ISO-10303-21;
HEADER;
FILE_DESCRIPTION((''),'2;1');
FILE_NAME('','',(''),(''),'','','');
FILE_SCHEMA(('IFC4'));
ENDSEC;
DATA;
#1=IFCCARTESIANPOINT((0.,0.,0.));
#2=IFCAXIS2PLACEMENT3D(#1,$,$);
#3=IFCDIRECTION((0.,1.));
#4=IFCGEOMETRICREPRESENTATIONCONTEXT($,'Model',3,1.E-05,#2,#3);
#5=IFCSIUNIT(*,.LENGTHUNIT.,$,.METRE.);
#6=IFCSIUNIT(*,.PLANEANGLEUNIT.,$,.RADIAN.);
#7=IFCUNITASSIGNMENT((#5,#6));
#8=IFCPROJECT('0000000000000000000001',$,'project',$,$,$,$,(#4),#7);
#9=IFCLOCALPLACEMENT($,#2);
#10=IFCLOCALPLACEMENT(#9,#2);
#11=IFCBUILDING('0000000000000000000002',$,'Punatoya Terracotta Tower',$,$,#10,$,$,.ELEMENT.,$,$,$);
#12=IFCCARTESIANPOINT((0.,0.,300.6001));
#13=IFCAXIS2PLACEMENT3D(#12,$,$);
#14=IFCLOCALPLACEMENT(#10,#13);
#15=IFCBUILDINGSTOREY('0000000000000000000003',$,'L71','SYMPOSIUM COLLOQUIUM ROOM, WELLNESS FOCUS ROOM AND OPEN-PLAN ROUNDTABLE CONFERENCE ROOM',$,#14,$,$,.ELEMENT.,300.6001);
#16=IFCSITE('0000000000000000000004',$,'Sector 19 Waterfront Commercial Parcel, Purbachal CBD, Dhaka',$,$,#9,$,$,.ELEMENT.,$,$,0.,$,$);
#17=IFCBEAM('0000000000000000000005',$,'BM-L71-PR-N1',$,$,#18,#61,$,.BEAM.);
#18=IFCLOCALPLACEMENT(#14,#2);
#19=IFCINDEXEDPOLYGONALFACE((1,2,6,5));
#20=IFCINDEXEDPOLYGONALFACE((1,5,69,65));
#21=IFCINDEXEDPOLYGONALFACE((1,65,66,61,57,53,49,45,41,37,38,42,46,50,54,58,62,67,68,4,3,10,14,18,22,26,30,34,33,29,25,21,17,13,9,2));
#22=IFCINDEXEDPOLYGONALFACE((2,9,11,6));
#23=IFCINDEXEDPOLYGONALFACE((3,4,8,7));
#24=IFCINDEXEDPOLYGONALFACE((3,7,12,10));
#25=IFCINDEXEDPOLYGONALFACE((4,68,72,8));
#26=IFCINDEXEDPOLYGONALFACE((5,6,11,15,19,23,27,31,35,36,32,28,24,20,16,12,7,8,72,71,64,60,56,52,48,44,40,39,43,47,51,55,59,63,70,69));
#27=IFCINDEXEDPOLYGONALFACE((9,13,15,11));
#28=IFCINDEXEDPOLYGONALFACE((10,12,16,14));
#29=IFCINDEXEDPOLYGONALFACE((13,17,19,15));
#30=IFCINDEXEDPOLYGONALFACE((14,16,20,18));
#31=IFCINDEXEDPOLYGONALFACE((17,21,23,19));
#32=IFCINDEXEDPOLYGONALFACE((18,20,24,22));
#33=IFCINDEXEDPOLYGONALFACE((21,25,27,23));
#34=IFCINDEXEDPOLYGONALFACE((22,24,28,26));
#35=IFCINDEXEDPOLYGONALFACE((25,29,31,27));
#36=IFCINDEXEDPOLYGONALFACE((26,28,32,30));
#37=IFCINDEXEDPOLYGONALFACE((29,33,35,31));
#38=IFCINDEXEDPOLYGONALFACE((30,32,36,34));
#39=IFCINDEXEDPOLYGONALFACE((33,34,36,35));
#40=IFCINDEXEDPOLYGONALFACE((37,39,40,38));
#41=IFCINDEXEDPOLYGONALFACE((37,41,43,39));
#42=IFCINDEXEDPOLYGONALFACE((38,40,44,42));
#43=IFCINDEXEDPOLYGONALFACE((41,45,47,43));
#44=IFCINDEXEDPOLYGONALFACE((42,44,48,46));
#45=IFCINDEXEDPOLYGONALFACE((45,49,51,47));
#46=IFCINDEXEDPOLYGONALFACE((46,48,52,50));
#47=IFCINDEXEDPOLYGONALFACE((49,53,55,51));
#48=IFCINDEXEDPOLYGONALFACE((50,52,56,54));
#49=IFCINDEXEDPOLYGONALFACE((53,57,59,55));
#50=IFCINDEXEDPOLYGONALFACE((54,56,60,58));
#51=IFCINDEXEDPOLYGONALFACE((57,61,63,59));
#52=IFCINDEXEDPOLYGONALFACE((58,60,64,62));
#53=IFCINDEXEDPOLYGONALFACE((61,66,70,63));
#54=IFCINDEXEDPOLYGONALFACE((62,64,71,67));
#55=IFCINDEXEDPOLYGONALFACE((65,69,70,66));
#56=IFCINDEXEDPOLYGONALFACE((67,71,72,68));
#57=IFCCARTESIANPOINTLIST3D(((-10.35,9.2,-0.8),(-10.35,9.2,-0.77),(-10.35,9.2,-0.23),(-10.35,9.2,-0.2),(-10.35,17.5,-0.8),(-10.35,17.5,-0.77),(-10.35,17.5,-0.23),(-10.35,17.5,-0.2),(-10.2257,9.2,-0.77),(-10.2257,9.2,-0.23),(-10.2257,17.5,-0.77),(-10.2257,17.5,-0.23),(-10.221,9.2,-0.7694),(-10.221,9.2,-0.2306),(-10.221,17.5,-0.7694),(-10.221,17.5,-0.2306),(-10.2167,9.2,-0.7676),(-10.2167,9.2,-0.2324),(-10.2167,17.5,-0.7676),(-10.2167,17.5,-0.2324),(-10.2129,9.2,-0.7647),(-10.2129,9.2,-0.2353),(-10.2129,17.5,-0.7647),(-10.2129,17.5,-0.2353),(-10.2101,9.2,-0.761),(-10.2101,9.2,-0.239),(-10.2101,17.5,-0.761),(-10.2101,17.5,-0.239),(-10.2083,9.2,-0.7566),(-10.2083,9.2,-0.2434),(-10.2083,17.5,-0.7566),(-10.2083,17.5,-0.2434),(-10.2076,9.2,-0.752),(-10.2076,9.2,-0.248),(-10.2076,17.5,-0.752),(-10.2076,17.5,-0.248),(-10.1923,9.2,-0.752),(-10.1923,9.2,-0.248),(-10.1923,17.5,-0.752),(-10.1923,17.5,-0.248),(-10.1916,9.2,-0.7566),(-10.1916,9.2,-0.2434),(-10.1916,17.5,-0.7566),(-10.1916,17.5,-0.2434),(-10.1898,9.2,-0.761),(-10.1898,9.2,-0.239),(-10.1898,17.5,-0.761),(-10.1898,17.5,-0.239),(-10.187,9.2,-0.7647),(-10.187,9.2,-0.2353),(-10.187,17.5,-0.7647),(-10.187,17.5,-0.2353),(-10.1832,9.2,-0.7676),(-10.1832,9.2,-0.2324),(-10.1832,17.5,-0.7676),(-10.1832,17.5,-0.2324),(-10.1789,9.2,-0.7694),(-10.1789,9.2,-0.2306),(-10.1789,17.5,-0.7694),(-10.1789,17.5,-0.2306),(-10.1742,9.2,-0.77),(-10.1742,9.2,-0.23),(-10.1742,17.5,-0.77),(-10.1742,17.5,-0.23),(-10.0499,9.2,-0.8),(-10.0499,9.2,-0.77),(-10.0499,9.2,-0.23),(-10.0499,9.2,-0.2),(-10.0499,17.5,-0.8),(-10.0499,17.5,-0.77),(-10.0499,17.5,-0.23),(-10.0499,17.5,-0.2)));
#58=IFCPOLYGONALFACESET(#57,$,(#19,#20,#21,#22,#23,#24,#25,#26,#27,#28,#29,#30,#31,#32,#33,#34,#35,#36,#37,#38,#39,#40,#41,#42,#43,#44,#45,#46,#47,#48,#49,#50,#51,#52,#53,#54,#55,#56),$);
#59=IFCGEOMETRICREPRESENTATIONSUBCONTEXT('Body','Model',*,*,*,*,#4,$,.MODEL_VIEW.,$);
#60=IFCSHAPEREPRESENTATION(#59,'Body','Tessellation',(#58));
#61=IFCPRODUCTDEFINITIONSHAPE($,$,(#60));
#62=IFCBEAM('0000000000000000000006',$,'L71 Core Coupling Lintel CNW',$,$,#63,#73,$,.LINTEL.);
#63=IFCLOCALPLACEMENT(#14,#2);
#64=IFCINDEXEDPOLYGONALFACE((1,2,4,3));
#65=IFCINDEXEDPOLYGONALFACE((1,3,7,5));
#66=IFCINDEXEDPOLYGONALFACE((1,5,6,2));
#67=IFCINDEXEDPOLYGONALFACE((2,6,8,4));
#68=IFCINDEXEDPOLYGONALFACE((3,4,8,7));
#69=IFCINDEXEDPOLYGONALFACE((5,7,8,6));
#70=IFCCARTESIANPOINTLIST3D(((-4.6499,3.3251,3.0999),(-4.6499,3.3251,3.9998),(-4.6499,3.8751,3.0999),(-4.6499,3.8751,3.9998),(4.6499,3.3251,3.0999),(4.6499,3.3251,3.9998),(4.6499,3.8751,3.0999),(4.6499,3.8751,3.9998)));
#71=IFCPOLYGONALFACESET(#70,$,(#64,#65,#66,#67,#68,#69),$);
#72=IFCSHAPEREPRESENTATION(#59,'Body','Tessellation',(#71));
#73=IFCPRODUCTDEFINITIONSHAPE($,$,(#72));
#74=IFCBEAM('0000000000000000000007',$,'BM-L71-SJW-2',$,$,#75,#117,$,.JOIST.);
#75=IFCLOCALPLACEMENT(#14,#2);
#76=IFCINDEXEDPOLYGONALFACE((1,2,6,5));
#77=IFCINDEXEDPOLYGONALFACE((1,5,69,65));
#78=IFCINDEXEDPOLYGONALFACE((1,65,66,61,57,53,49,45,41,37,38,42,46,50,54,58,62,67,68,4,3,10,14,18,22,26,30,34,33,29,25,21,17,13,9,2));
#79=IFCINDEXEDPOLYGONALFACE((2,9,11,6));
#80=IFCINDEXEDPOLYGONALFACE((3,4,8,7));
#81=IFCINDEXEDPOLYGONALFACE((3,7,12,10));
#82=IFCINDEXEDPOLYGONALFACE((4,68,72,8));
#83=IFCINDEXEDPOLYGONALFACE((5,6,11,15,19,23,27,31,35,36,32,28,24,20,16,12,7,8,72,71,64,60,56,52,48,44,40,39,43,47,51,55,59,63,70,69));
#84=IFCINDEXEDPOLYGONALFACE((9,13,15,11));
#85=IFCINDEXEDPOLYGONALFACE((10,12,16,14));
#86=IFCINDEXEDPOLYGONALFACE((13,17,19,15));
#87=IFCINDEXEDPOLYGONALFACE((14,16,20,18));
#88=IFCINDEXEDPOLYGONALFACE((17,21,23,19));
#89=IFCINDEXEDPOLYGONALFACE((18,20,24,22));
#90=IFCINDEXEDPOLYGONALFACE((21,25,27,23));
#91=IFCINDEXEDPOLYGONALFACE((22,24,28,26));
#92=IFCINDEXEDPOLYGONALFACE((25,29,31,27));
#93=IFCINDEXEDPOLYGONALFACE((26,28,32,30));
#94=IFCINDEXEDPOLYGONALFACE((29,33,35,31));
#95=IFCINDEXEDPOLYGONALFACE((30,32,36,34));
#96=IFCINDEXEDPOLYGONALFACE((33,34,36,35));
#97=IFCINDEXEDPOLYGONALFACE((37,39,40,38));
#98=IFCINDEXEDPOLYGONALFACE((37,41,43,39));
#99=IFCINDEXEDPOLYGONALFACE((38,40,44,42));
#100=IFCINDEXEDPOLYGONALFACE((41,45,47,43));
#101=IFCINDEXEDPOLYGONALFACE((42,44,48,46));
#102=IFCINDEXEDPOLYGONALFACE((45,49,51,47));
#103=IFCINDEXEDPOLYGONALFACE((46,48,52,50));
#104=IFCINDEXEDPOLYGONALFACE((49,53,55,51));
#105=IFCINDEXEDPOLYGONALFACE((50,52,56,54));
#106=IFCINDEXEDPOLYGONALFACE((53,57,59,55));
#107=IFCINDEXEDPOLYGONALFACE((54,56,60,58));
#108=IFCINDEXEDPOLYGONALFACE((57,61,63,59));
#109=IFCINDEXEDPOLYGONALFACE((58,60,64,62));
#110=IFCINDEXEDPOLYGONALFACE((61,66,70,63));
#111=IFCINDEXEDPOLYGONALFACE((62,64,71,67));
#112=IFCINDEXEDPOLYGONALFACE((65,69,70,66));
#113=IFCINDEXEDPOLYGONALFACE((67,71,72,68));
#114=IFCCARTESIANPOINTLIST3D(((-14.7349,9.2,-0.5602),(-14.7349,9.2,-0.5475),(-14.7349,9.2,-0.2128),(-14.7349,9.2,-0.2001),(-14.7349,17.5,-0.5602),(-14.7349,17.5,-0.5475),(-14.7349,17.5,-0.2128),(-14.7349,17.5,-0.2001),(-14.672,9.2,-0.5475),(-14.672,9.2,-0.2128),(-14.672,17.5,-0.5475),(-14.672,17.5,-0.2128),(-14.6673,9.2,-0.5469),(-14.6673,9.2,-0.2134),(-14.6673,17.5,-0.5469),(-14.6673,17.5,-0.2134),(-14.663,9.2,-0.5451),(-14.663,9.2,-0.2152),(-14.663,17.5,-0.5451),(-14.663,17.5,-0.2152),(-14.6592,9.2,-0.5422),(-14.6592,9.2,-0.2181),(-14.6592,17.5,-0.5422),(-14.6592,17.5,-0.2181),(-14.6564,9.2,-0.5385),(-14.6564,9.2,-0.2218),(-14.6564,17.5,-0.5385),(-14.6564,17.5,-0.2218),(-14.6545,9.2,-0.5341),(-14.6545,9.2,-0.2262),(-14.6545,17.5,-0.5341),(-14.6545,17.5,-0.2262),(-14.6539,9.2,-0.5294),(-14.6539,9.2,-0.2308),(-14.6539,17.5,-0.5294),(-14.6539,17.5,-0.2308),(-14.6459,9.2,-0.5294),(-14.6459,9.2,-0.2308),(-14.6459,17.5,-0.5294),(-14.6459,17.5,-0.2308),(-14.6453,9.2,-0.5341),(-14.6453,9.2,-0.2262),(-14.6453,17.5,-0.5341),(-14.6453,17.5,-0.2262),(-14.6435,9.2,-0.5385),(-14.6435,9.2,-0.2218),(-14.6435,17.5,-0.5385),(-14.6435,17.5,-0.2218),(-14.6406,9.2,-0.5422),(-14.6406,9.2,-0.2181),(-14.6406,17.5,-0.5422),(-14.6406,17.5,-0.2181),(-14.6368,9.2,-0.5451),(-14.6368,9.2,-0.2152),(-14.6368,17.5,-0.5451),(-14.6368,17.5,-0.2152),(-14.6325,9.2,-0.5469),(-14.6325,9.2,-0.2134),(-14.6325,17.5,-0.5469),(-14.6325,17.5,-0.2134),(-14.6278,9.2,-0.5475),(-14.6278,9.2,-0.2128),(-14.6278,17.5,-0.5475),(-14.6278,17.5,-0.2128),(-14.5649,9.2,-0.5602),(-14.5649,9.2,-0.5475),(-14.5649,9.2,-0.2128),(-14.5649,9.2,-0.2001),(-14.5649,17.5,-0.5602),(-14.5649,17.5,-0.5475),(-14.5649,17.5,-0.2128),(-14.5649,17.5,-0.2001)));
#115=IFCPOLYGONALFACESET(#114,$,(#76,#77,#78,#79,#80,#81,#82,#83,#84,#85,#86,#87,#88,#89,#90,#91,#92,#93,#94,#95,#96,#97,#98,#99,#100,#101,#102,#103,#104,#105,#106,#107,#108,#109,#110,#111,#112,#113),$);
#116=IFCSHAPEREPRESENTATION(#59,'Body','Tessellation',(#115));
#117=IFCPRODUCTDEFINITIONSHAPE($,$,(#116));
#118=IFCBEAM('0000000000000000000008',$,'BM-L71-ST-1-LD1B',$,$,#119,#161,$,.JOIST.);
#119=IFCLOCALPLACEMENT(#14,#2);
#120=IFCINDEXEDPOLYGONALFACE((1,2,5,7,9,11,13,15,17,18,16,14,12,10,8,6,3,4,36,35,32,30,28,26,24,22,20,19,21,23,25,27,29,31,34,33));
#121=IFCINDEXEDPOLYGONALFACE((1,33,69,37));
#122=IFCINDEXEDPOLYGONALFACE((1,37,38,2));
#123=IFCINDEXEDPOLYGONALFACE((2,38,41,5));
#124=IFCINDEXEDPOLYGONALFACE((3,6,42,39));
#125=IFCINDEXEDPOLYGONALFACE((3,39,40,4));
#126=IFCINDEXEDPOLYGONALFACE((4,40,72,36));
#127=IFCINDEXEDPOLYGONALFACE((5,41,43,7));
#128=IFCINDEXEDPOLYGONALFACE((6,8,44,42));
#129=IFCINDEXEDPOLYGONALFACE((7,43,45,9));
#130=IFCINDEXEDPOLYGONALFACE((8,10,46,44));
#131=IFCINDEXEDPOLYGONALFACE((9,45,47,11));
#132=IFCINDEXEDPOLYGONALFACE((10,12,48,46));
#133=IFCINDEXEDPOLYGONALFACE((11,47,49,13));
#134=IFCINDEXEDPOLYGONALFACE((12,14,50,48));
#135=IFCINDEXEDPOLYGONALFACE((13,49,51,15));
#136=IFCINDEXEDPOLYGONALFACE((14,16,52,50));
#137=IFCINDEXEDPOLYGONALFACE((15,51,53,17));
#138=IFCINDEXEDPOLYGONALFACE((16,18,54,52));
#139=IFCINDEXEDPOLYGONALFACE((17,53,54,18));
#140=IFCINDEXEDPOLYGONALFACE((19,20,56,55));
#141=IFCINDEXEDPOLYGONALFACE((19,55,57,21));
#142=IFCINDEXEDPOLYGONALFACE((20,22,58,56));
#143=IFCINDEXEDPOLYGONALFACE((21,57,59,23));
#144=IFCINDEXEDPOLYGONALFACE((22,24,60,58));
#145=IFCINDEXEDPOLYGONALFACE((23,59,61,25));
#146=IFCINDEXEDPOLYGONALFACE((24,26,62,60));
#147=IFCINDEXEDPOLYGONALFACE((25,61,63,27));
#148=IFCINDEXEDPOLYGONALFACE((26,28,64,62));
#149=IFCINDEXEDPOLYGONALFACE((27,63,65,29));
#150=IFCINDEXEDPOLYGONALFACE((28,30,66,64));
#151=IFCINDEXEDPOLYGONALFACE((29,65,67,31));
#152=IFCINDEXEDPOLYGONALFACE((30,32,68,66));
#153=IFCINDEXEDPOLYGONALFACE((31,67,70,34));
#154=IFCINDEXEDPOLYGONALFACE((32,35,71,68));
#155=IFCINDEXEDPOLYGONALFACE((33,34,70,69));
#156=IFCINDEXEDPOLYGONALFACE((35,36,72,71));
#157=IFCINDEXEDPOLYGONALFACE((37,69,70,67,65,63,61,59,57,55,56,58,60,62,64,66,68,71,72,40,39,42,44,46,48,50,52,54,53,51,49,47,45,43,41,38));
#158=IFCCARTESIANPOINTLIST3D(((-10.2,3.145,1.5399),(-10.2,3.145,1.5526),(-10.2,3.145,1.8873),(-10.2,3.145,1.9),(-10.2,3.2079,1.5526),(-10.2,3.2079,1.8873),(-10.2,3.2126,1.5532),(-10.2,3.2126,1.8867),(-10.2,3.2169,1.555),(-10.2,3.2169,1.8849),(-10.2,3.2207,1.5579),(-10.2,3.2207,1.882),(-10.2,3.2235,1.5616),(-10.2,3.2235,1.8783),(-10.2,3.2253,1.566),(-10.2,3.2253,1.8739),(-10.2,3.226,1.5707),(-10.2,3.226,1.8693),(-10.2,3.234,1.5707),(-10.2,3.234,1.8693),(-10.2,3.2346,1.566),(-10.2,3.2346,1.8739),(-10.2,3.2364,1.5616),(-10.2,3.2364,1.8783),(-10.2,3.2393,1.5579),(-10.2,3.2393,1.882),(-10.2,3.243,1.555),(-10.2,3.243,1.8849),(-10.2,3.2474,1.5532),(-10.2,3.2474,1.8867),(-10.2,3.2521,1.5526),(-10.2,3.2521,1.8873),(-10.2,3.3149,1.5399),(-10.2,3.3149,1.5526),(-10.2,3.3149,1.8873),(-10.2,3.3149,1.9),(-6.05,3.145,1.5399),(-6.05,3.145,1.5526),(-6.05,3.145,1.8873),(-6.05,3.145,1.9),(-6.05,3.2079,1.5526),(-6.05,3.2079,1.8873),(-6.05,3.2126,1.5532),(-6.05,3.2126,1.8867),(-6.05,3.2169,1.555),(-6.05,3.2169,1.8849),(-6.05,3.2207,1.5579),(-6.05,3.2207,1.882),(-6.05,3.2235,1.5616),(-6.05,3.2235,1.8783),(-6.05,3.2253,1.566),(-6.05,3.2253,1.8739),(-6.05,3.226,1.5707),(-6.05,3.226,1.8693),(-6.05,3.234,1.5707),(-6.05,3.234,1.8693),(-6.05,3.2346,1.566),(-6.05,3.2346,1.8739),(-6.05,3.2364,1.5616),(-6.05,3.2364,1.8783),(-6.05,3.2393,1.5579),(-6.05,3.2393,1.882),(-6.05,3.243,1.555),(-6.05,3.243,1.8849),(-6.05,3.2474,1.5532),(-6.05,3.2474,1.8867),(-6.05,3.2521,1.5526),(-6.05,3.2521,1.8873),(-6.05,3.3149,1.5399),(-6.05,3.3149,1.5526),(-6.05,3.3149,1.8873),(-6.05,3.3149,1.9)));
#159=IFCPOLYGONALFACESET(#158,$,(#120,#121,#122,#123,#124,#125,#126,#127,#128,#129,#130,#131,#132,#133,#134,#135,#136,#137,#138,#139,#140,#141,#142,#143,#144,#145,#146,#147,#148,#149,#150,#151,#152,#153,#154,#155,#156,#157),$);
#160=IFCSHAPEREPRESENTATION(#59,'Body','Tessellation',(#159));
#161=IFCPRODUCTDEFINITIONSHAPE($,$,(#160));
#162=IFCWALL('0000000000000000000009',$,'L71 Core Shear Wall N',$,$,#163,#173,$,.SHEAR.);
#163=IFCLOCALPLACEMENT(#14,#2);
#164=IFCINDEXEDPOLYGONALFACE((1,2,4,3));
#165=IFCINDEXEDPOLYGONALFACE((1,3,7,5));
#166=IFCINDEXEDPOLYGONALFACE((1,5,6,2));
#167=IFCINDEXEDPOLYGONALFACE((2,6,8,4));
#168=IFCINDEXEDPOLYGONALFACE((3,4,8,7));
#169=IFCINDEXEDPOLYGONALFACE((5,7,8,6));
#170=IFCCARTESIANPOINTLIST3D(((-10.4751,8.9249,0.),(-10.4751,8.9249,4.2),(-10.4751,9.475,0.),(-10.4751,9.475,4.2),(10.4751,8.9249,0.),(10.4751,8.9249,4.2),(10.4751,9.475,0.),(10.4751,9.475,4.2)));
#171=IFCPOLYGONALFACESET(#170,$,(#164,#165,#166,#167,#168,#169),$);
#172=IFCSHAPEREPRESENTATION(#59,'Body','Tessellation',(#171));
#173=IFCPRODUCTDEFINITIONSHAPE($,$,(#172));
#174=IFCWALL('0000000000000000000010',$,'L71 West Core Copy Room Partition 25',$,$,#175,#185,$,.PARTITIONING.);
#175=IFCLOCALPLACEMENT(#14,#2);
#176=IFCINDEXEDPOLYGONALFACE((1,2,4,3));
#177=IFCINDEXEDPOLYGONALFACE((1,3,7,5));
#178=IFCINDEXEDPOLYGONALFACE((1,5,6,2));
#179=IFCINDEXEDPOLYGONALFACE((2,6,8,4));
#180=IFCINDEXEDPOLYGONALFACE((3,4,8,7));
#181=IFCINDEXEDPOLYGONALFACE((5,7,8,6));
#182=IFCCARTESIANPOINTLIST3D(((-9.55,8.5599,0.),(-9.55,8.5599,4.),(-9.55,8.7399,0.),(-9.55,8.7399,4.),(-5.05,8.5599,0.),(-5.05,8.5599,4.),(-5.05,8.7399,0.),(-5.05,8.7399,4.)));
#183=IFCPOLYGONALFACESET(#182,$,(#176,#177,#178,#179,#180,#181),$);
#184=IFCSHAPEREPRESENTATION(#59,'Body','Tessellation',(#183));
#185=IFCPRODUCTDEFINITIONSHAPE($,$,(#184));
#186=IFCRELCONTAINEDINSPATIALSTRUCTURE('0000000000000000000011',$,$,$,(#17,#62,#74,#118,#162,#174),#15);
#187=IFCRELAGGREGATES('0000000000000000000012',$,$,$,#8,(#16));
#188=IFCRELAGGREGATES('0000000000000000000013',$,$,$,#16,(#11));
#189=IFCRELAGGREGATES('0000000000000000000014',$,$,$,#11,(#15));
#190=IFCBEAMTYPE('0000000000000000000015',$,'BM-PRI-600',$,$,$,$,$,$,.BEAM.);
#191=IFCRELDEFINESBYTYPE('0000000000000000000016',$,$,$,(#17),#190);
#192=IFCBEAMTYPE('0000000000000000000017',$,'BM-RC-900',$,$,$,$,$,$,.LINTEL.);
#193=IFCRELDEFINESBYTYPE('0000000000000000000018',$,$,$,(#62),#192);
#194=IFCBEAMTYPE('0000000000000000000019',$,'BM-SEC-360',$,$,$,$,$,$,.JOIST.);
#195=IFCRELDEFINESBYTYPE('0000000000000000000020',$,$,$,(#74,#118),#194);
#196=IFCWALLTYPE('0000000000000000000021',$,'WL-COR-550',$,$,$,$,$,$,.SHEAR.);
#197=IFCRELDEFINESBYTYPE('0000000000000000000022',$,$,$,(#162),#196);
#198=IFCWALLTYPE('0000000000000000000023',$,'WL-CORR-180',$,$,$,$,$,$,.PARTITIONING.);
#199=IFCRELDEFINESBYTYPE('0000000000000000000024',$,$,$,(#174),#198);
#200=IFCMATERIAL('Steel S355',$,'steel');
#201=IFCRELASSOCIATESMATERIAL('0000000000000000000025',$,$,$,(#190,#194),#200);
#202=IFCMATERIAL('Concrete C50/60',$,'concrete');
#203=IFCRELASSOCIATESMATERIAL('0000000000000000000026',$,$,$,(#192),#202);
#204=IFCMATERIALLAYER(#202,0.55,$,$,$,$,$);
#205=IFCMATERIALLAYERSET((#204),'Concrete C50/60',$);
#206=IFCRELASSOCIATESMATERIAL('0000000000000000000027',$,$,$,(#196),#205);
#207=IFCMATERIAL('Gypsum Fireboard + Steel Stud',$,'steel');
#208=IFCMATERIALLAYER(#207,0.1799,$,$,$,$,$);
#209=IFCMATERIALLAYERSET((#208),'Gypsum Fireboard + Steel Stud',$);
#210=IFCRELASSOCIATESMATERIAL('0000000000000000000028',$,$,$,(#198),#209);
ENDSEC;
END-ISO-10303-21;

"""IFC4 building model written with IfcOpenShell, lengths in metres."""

from ifc_helpers import new_model, si_unit, direction, frame, frame_2d, origin, origin_2d, place, context, subcontext, project, spatial, rectangle, i_section, extrude, material, layer, layer_set, material_profile, profile_set, type_object, element, save


model = new_model("IFC4")

# Units and contexts
model_context = context("Model", 3, precision=1e-05, world=origin(), true_north=direction((0.0, 1.0)))
body_context = subcontext(model_context, "Body", "Model", "MODEL_VIEW")
ifc_project = project(units=[si_unit("LENGTHUNIT", "METRE"), si_unit("PLANEANGLEUNIT", "RADIAN")], contexts=[model_context])

# Site, building, storey
site_placement = place(None, origin())
site = spatial("IfcSite", under=ifc_project, at=site_placement, Name="Sector 19 Waterfront Commercial Parcel, Purbachal CBD, Dhaka", CompositionType="ELEMENT", RefElevation=0.0)
building_placement = place(site_placement, origin())
building = spatial("IfcBuilding", under=site, at=building_placement, Name="Punatoya Terracotta Tower", CompositionType="ELEMENT")
storey_placement = place(building_placement, frame((0.0, 0.0, 300.6001)))
storey = spatial("IfcBuildingStorey", under=building, at=storey_placement, Name="L71", Description="SYMPOSIUM COLLOQUIUM ROOM, WELLNESS FOCUS ROOM AND OPEN-PLAN ROUNDTABLE CONFERENCE ROOM", CompositionType="ELEMENT", Elevation=300.6001)

# Beams
ifc_material_1 = material(Name="Steel S355", Category="steel")
ifc_material_profile_1 = material_profile(ifc_material_1, i_section(OverallWidth=0.3, OverallDepth=0.6001, WebThickness=0.0154, FlangeThickness=0.03, FilletRadius=0.0181, at=origin_2d()))
ifc_profile_set_1 = profile_set([ifc_material_profile_1], Name="Steel S355")
beam_type_1 = type_object("IfcBeamType", Name="BM-PRI-600", PredefinedType="BEAM", material=ifc_profile_set_1)
beam_1_placement = place(storey_placement, frame((-10.2, 9.2, -0.5), z_axis=(0.0, 1.0, 0.0), x_axis=(-1.0, 0.0, 0.0)))
element("IfcBeam", 1, at=beam_1_placement, inside=storey, type_object=beam_type_1, Name="BM-L71-PR-N1", PredefinedType="BEAM", context=body_context, shape_type="SweptSolid", body=[
    extrude(i_section(OverallWidth=0.3, OverallDepth=0.6001, WebThickness=0.0154, FlangeThickness=0.03, FilletRadius=0.0181, at=origin_2d()), origin(), (0.0, 0.0, 1.0), 8.3),
])
ifc_material_2 = material(Name="Concrete C50/60", Category="concrete")
ifc_material_profile_2 = material_profile(ifc_material_2, rectangle(XDim=0.55, YDim=0.8999, at=origin_2d()))
ifc_profile_set_2 = profile_set([ifc_material_profile_2], Name="Concrete C50/60")
beam_type_2 = type_object("IfcBeamType", Name="BM-RC-900", PredefinedType="LINTEL", material=ifc_profile_set_2)
beam_2_placement = place(storey_placement, frame((-4.6499, 3.6001, 3.5498), z_axis=(1.0, 0.0, 0.0), x_axis=(0.0, 1.0, 0.0)))
element("IfcBeam", 2, at=beam_2_placement, inside=storey, type_object=beam_type_2, Name="L71 Core Coupling Lintel CNW", PredefinedType="LINTEL", context=body_context, shape_type="SweptSolid", body=[
    extrude(rectangle(XDim=0.55, YDim=0.8999, at=origin_2d()), origin(), (0.0, 0.0, 1.0), 9.2998),
])
ifc_material_profile_3 = material_profile(ifc_material_1, i_section(OverallWidth=0.1699, OverallDepth=0.3601, WebThickness=0.0081, FlangeThickness=0.0127, FilletRadius=0.0181, at=origin_2d()))
ifc_profile_set_3 = profile_set([ifc_material_profile_3], Name="Steel S355")
beam_type_3 = type_object("IfcBeamType", Name="BM-SEC-360", PredefinedType="JOIST", material=ifc_profile_set_3)
beam_3_placement = place(storey_placement, frame((-14.6499, 9.2, -0.3801), z_axis=(0.0, 1.0, 0.0), x_axis=(-1.0, 0.0, 0.0)))
element("IfcBeam", 3, at=beam_3_placement, inside=storey, type_object=beam_type_3, Name="BM-L71-SJW-2", PredefinedType="JOIST", context=body_context, shape_type="SweptSolid", body=[
    extrude(i_section(OverallWidth=0.1699, OverallDepth=0.3601, WebThickness=0.0081, FlangeThickness=0.0127, FilletRadius=0.0181, at=origin_2d()), origin(), (0.0, 0.0, 1.0), 8.3),
])
beam_4_placement = place(storey_placement, frame((-10.2, 3.23, 1.72), z_axis=(1.0, 0.0, 0.0), x_axis=(0.0, 1.0, 0.0)))
element("IfcBeam", 4, at=beam_4_placement, inside=storey, type_object=beam_type_3, Name="BM-L71-ST-1-LD1B", PredefinedType="JOIST", context=body_context, shape_type="SweptSolid", body=[
    extrude(i_section(OverallWidth=0.1699, OverallDepth=0.3601, WebThickness=0.0081, FlangeThickness=0.0127, FilletRadius=0.0181, at=origin_2d()), origin(), (0.0, 0.0, 1.0), 4.1499),
])

# Walls
ifc_layer_1 = layer(ifc_material_2, 0.55)
ifc_layer_set_1 = layer_set([ifc_layer_1], Name="Concrete C50/60")
wall_type_1 = type_object("IfcWallType", Name="WL-COR-550", PredefinedType="SHEAR", material=ifc_layer_set_1)
wall_1_placement = place(storey_placement, frame((-10.4751, 9.2, 0.0), z_axis=(0.0, 0.0, 1.0), x_axis=(1.0, 0.0, 0.0)))
element("IfcWall", 5, at=wall_1_placement, inside=storey, type_object=wall_type_1, Name="L71 Core Shear Wall N", PredefinedType="SHEAR", context=body_context, shape_type="SweptSolid", body=[
    extrude(rectangle(XDim=20.9502, YDim=0.55, at=frame_2d((10.4751, 0.0))), origin(), (0.0, 0.0, 1.0), 4.2),
])
ifc_material_3 = material(Name="Gypsum Fireboard + Steel Stud", Category="steel")
ifc_layer_2 = layer(ifc_material_3, 0.1799)
ifc_layer_set_2 = layer_set([ifc_layer_2], Name="Gypsum Fireboard + Steel Stud")
wall_type_2 = type_object("IfcWallType", Name="WL-CORR-180", PredefinedType="PARTITIONING", material=ifc_layer_set_2)
wall_2_placement = place(storey_placement, frame((-5.05, 8.6499, 0.0), z_axis=(0.0, 0.0, 1.0), x_axis=(-1.0, 0.0, 0.0)))
element("IfcWall", 6, at=wall_2_placement, inside=storey, type_object=wall_type_2, Name="L71 West Core Copy Room Partition 25", PredefinedType="PARTITIONING", context=body_context, shape_type="SweptSolid", body=[
    extrude(rectangle(XDim=4.5, YDim=0.1799, at=frame_2d((2.25, 0.0))), origin(), (0.0, 0.0, 1.0), 4.0),
])

save(model, "model.ifc")
